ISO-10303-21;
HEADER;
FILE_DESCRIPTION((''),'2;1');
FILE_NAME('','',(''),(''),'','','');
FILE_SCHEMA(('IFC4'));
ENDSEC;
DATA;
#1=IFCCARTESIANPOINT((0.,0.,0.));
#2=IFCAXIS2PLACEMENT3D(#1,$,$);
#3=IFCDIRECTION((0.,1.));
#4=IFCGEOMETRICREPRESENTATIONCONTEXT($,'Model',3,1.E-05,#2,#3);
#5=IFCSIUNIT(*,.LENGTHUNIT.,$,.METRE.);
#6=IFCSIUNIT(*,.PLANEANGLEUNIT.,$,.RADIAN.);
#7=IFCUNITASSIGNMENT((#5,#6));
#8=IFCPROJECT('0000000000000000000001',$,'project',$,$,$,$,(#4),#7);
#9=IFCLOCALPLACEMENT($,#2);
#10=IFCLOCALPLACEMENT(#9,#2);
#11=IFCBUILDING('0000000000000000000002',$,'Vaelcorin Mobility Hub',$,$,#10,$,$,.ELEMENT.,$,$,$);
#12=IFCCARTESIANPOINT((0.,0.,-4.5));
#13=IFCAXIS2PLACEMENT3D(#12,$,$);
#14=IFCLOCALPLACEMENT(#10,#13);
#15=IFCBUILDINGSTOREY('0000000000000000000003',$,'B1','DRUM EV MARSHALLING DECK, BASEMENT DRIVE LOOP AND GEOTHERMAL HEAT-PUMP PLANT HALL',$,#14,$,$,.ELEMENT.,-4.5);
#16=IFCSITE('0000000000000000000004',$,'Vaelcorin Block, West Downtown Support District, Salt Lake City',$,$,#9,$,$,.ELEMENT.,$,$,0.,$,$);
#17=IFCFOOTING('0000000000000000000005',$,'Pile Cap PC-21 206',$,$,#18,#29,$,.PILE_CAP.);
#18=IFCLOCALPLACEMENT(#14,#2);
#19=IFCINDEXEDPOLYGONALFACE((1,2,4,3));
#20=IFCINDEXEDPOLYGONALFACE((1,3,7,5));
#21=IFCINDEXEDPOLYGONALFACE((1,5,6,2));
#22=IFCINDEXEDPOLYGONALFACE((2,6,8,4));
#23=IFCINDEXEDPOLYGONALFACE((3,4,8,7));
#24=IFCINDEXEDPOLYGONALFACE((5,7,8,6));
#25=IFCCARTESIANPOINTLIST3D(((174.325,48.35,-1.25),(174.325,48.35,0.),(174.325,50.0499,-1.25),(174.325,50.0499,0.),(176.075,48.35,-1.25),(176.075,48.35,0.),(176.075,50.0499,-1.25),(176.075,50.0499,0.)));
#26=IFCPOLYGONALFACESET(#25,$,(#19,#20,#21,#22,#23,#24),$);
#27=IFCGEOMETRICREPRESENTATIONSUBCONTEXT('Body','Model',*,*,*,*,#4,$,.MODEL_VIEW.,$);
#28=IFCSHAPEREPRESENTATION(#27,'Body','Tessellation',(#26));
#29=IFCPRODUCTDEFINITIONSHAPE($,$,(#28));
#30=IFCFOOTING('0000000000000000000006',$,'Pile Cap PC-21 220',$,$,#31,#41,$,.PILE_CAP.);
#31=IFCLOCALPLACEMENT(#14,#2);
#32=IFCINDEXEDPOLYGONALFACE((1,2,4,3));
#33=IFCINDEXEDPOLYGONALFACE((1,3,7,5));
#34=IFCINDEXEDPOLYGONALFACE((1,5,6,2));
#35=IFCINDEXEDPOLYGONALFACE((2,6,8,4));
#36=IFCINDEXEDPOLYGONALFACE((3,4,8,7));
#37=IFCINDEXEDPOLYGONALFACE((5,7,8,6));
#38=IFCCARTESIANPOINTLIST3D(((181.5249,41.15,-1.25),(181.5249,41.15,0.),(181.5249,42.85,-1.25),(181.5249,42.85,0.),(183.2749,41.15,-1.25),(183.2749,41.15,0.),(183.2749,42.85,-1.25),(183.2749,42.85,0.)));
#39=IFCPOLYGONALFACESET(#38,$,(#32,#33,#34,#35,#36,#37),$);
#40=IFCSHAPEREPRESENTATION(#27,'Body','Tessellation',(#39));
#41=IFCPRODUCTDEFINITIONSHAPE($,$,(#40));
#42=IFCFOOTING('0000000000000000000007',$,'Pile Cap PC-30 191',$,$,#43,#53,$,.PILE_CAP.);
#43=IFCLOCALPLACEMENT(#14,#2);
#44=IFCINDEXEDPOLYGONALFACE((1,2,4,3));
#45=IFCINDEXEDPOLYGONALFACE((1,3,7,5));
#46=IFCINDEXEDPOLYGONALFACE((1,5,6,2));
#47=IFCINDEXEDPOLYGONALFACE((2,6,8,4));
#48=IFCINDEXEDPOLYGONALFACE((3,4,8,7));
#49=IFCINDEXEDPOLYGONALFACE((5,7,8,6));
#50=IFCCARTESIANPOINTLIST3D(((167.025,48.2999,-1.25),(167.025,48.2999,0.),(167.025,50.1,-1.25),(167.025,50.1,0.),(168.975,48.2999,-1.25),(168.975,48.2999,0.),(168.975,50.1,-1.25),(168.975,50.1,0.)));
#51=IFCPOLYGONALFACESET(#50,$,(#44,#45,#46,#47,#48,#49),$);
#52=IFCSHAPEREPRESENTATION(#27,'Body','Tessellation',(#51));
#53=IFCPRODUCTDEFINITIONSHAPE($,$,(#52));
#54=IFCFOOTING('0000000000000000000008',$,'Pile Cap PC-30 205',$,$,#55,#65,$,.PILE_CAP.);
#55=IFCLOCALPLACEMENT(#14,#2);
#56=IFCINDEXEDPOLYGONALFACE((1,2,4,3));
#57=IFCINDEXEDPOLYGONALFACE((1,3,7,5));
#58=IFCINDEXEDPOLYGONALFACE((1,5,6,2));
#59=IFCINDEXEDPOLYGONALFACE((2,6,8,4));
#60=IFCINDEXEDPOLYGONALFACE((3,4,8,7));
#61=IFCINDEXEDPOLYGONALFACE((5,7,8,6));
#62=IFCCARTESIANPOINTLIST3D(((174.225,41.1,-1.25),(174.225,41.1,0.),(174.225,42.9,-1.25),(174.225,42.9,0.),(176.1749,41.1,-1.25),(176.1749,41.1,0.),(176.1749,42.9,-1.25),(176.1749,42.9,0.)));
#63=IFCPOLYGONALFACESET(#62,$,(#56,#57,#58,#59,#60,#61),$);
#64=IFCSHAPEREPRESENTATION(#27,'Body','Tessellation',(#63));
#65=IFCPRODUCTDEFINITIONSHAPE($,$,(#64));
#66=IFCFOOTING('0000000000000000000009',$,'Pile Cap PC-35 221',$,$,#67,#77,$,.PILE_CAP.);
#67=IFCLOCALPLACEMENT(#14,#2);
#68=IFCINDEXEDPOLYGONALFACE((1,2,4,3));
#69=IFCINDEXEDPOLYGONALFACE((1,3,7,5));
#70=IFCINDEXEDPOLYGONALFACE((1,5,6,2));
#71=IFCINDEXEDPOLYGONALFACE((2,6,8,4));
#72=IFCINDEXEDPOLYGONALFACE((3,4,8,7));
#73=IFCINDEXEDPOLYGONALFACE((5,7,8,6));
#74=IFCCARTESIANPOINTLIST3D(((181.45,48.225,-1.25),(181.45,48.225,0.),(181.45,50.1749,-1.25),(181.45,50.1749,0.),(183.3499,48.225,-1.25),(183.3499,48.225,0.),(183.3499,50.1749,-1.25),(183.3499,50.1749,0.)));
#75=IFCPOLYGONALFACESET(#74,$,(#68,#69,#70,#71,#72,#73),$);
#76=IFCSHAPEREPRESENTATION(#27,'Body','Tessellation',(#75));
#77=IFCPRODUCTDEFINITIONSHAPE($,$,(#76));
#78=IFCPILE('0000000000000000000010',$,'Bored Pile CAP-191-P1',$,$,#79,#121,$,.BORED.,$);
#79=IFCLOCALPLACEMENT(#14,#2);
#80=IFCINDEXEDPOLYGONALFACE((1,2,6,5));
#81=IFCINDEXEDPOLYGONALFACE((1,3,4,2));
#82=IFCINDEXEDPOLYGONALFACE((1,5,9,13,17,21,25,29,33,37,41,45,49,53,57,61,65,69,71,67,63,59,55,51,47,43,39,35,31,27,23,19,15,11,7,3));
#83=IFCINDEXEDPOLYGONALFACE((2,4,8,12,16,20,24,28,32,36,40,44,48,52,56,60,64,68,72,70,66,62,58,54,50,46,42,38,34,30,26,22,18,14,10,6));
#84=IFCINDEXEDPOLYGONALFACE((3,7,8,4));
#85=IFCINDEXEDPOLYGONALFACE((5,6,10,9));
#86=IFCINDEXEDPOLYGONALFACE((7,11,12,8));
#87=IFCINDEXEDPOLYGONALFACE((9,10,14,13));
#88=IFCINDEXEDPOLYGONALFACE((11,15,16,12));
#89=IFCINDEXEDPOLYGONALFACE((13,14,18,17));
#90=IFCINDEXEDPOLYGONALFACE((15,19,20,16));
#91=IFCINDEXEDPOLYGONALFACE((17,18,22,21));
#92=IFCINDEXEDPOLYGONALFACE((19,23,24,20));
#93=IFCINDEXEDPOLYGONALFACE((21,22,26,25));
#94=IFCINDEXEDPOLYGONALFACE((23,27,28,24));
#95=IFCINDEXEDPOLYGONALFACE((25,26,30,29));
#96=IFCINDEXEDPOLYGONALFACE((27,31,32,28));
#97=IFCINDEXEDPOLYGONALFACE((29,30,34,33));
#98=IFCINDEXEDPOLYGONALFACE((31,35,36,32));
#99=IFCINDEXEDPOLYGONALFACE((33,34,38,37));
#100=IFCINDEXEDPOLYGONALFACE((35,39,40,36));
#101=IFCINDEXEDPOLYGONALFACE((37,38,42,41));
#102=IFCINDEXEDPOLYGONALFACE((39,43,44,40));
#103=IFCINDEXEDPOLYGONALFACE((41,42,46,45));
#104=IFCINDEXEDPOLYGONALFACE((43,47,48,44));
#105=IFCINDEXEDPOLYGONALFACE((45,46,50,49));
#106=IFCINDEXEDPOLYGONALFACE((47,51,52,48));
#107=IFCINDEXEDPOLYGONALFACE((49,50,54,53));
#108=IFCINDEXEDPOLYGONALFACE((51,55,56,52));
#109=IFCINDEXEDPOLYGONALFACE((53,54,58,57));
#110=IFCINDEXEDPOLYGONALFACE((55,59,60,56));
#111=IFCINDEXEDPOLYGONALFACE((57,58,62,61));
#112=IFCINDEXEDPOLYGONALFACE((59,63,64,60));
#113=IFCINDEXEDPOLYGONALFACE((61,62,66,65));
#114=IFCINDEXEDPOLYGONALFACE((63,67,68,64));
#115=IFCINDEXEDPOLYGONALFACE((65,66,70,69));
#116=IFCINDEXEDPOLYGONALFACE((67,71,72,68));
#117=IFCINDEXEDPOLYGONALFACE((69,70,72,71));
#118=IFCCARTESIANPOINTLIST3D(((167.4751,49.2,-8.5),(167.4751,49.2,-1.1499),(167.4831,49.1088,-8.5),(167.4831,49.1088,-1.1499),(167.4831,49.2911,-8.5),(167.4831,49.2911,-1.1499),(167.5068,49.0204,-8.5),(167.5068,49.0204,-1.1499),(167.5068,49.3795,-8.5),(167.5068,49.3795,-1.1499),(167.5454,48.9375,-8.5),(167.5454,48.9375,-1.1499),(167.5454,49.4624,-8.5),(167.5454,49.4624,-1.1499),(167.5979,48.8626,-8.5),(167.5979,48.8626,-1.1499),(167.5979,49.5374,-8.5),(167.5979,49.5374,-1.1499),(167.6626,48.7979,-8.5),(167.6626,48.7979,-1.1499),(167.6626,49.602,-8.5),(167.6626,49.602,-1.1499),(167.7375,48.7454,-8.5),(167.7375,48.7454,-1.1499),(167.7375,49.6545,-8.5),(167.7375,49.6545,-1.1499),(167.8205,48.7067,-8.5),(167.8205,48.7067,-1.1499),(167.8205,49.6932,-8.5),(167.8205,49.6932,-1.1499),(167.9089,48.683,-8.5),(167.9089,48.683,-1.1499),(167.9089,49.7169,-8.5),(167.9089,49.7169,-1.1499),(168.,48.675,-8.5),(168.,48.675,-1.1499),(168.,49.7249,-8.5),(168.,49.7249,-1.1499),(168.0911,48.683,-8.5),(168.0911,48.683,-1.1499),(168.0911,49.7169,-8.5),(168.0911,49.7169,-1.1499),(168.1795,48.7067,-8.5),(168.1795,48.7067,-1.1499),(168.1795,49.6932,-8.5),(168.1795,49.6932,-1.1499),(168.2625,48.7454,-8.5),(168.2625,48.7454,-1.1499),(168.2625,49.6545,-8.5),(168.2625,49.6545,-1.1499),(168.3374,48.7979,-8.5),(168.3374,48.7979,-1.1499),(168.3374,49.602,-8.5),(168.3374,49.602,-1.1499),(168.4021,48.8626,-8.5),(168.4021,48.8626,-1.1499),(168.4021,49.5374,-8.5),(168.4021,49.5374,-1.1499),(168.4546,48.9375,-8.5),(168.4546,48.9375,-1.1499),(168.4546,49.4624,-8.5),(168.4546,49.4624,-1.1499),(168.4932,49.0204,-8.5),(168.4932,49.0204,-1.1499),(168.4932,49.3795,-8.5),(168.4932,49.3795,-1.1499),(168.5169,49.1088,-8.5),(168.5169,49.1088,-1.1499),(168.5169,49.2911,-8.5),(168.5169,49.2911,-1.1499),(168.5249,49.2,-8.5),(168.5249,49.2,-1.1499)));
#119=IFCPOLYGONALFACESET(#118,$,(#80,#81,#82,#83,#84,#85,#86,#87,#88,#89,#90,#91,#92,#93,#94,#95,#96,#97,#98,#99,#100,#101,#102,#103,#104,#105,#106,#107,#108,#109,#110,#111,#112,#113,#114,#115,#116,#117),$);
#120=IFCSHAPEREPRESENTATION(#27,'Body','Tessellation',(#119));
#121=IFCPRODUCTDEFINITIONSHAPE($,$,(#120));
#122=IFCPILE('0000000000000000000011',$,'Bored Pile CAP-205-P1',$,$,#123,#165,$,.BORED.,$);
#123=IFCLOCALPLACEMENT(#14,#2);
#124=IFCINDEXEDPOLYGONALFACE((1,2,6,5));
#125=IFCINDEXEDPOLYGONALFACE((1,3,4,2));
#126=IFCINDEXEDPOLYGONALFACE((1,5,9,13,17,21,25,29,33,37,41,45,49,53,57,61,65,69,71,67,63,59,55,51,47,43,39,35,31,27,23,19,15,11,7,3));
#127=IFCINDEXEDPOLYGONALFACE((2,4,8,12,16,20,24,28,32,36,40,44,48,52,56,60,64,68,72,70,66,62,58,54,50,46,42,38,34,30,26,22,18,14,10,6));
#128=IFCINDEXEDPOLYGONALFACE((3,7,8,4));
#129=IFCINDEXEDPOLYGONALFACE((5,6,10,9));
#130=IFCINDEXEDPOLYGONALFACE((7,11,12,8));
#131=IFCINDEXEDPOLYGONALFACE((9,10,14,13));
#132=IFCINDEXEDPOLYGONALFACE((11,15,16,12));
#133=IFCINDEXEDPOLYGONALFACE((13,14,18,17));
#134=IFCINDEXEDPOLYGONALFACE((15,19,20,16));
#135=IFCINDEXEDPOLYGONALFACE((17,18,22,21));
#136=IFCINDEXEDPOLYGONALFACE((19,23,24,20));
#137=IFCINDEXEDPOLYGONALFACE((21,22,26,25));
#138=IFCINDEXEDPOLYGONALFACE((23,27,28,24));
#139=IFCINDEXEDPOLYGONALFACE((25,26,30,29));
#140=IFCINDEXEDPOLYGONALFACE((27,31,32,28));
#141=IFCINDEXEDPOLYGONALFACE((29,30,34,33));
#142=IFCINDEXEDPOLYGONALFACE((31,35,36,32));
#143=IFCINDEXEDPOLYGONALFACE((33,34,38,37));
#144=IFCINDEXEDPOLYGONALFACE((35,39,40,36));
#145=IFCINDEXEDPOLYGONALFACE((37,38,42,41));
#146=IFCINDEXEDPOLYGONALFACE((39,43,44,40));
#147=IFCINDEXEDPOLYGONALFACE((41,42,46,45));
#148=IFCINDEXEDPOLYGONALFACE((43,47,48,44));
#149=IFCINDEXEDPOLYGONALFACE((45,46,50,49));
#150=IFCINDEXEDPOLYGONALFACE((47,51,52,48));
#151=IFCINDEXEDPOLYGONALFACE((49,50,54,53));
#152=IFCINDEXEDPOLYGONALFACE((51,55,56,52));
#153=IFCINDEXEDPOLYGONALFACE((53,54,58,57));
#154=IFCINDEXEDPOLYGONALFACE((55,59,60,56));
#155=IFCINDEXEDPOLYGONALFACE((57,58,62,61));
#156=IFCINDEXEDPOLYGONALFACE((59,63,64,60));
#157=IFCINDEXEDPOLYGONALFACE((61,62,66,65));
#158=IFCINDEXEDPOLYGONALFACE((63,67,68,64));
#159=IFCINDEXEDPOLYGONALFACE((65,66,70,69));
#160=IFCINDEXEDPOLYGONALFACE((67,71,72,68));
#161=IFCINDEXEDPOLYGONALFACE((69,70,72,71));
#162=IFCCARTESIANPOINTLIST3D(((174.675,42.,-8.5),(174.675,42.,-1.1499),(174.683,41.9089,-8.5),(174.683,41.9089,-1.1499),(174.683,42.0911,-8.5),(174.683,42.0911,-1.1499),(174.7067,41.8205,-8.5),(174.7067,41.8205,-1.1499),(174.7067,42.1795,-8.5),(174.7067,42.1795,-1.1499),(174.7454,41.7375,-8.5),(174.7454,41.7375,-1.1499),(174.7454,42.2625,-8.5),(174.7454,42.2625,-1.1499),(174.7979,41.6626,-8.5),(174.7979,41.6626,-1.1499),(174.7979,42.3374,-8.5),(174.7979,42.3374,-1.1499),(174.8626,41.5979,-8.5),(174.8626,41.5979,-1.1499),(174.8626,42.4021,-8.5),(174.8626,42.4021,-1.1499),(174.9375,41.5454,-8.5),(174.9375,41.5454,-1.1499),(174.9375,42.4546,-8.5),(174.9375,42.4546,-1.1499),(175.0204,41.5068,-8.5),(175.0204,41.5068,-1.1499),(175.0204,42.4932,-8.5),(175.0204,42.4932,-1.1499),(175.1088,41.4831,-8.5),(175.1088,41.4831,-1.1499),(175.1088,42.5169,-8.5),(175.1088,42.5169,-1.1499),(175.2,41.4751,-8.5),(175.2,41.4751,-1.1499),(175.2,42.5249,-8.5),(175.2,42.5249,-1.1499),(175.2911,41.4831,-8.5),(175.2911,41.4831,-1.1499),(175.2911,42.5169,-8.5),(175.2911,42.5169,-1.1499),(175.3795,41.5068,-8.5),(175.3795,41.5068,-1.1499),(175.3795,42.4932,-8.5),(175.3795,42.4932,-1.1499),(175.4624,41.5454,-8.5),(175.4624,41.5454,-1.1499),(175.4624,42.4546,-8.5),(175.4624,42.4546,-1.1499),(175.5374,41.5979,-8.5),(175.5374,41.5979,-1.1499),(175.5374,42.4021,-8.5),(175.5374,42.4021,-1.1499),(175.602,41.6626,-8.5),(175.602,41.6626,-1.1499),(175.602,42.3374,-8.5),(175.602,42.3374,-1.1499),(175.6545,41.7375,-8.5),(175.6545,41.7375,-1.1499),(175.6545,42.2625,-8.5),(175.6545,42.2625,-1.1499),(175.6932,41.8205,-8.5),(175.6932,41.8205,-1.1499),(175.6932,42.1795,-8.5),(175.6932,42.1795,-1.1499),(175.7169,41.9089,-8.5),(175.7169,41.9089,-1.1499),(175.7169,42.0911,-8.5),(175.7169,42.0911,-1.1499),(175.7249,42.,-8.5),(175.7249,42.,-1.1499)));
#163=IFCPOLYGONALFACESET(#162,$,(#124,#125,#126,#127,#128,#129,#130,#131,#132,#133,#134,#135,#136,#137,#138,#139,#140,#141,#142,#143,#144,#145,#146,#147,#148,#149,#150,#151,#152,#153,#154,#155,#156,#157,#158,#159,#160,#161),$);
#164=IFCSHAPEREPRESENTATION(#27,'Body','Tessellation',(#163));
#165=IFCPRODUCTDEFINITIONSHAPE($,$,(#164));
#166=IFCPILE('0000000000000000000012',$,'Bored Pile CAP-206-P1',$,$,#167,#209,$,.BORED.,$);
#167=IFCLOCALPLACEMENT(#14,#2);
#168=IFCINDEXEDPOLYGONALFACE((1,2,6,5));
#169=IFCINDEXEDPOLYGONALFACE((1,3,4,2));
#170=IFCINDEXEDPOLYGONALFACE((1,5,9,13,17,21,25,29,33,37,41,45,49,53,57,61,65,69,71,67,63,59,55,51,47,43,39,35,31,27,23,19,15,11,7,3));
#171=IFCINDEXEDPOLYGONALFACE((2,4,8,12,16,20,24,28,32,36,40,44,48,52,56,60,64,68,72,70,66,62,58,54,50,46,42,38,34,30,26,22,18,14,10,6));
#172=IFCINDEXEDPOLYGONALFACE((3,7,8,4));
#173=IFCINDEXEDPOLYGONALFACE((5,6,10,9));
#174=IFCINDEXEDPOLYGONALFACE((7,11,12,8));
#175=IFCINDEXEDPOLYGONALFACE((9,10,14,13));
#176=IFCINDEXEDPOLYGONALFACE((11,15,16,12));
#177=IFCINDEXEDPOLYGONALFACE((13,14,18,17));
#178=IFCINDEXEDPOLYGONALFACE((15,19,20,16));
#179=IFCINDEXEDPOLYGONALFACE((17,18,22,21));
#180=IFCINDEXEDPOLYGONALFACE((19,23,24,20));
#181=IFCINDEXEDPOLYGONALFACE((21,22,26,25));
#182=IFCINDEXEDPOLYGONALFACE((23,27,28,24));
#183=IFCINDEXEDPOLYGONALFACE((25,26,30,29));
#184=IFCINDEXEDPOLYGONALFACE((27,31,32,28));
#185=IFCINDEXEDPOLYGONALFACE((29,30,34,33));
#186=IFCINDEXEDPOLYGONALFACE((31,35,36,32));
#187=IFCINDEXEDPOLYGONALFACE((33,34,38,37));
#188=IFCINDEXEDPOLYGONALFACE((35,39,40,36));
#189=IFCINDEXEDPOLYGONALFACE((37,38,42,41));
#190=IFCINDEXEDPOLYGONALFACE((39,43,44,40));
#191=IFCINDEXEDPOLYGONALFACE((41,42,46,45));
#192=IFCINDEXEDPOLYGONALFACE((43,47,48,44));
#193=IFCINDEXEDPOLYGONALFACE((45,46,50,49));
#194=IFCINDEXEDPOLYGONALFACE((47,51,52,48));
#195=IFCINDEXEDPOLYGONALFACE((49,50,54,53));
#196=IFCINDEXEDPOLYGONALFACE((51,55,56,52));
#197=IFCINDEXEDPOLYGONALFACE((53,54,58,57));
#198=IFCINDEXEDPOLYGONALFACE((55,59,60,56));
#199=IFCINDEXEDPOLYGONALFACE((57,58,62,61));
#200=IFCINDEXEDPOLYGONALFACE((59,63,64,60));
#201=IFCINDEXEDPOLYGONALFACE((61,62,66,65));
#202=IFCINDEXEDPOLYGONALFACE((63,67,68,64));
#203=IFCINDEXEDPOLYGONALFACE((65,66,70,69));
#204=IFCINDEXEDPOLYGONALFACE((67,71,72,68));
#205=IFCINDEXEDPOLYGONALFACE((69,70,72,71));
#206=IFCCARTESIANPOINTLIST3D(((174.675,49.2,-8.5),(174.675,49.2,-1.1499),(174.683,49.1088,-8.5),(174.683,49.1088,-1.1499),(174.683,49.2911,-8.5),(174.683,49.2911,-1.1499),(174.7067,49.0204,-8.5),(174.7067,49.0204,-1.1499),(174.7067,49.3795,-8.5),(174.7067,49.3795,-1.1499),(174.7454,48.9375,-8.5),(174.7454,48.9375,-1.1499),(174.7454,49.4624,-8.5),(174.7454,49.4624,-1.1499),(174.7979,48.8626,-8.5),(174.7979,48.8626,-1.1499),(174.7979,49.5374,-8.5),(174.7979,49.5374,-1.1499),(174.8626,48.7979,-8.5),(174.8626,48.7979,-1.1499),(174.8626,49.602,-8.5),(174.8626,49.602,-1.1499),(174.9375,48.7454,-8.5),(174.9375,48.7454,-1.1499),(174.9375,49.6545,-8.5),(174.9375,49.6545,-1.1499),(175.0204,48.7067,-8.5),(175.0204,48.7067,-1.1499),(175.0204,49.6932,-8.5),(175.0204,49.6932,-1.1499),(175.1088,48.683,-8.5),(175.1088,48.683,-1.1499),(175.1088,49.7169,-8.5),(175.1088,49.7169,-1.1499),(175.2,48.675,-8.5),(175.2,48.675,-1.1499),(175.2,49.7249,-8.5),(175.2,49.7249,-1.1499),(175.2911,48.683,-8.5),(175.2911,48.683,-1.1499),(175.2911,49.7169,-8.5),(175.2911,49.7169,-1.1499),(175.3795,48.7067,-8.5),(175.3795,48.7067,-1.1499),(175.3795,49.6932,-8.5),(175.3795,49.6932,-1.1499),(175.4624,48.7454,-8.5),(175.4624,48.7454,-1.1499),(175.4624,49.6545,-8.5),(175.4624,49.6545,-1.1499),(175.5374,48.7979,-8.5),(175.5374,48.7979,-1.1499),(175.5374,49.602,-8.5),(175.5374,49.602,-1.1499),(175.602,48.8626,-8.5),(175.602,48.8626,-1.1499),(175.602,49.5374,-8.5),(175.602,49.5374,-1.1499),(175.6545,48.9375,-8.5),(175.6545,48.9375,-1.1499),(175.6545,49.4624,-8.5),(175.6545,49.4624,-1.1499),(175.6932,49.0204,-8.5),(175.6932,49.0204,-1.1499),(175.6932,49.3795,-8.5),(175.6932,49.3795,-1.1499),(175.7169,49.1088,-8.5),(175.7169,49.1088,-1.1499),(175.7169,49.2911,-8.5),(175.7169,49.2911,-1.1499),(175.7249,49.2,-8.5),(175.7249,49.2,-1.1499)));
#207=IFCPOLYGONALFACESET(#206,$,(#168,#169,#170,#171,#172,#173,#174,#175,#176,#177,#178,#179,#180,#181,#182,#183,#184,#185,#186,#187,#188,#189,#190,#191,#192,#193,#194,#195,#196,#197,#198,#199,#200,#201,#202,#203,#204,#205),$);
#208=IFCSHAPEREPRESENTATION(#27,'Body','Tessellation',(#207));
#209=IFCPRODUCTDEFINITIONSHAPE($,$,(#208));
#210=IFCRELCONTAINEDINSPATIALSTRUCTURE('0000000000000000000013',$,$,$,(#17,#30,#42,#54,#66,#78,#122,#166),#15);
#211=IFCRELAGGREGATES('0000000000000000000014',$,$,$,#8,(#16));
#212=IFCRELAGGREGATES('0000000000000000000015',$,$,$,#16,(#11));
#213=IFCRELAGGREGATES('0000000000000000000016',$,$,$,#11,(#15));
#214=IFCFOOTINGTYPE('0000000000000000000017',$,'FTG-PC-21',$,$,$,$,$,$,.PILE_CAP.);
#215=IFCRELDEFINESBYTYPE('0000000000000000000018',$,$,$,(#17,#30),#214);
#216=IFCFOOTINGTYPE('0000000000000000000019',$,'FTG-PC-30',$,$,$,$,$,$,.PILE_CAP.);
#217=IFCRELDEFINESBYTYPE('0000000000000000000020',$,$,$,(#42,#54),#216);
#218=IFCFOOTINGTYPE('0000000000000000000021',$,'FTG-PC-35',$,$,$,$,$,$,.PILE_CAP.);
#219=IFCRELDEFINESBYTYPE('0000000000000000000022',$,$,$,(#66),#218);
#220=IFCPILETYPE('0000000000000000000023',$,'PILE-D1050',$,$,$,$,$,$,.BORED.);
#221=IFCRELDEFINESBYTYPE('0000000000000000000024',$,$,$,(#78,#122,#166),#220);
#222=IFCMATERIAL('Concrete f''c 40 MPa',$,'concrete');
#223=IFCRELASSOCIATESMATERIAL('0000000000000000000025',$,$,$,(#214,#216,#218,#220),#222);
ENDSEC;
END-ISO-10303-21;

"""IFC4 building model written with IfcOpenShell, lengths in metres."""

from ifc_helpers import new_model, si_unit, direction, frame, origin, origin_2d, place, context, subcontext, project, spatial, rectangle, circle, extrude, material, material_profile, profile_set, type_object, element, save


model = new_model("IFC4")

# Units and contexts
model_context = context("Model", 3, precision=1e-05, world=origin(), true_north=direction((0.0, 1.0)))
body_context = subcontext(model_context, "Body", "Model", "MODEL_VIEW")
ifc_project = project(units=[si_unit("LENGTHUNIT", "METRE"), si_unit("PLANEANGLEUNIT", "RADIAN")], contexts=[model_context])

# Site, building, storey
site_placement = place(None, origin())
site = spatial("IfcSite", under=ifc_project, at=site_placement, Name="Vaelcorin Block, West Downtown Support District, Salt Lake City", CompositionType="ELEMENT", RefElevation=0.0)
building_placement = place(site_placement, origin())
building = spatial("IfcBuilding", under=site, at=building_placement, Name="Vaelcorin Mobility Hub", CompositionType="ELEMENT")
storey_placement = place(building_placement, frame((0.0, 0.0, -4.5)))
storey = spatial("IfcBuildingStorey", under=building, at=storey_placement, Name="B1", Description="DRUM EV MARSHALLING DECK, BASEMENT DRIVE LOOP AND GEOTHERMAL HEAT-PUMP PLANT HALL", CompositionType="ELEMENT", Elevation=-4.5)

# Footings
ifc_material_1 = material(Name="Concrete f'c 40 MPa", Category="concrete")
footing_type_1 = type_object("IfcFootingType", Name="FTG-PC-21", PredefinedType="PILE_CAP", material=ifc_material_1)
for number, where, z_axis, x_axis, name in (
    (1, (175.2, 49.2, -1.25), (0.0, 0.0, 1.0), (1.0, 0.0, 0.0), "Pile Cap PC-21 206"),
    (2, (182.3999, 42.0, -1.25), (0.0, 0.0, 1.0), (1.0, 0.0, 0.0), "Pile Cap PC-21 220"),
):
    element("IfcFooting", number, at=place(storey_placement, frame(where, z_axis=z_axis, x_axis=x_axis)), inside=storey, type_object=footing_type_1, Name=name, PredefinedType="PILE_CAP", context=body_context, shape_type="SweptSolid", body=[
        extrude(rectangle(XDim=1.75, YDim=1.7, at=origin_2d()), origin(), (0.0, 0.0, 1.0), 1.25),
    ])
footing_type_2 = type_object("IfcFootingType", Name="FTG-PC-30", PredefinedType="PILE_CAP", material=ifc_material_1)
for number, where, z_axis, x_axis, name in (
    (3, (168.0, 49.2, -1.25), (0.0, 0.0, 1.0), (1.0, 0.0, 0.0), "Pile Cap PC-30 191"),
    (4, (175.2, 42.0, -1.25), (0.0, 0.0, 1.0), (1.0, 0.0, 0.0), "Pile Cap PC-30 205"),
):
    element("IfcFooting", number, at=place(storey_placement, frame(where, z_axis=z_axis, x_axis=x_axis)), inside=storey, type_object=footing_type_2, Name=name, PredefinedType="PILE_CAP", context=body_context, shape_type="SweptSolid", body=[
        extrude(rectangle(XDim=1.95, YDim=1.8, at=origin_2d()), origin(), (0.0, 0.0, 1.0), 1.25),
    ])
footing_type_3 = type_object("IfcFootingType", Name="FTG-PC-35", PredefinedType="PILE_CAP", material=ifc_material_1)
footing_placement = place(storey_placement, frame((182.3999, 49.2, -1.25), z_axis=(0.0, 0.0, 1.0), x_axis=(1.0, 0.0, 0.0)))
element("IfcFooting", 5, at=footing_placement, inside=storey, type_object=footing_type_3, Name="Pile Cap PC-35 221", PredefinedType="PILE_CAP", context=body_context, shape_type="SweptSolid", body=[
    extrude(rectangle(XDim=1.8999, YDim=1.95, at=origin_2d()), origin(), (0.0, 0.0, 1.0), 1.25),
])

# Piles
ifc_material_profile_1 = material_profile(ifc_material_1, circle(Radius=0.5249, at=origin_2d()), Name="BP-D1050")
ifc_profile_set_1 = profile_set([ifc_material_profile_1], Name="Concrete f'c 40 MPa")
pile_type = type_object("IfcPileType", Name="PILE-D1050", PredefinedType="BORED", material=ifc_profile_set_1)
for number, where, z_axis, x_axis, name in (
    (6, (168.0, 49.2, -1.1499), (0.0, 0.0, -1.0), (1.0, 0.0, 0.0), "Bored Pile CAP-191-P1"),
    (7, (175.2, 42.0, -1.1499), (0.0, 0.0, -1.0), (1.0, 0.0, 0.0), "Bored Pile CAP-205-P1"),
    (8, (175.2, 49.2, -1.1499), (0.0, 0.0, -1.0), (1.0, 0.0, 0.0), "Bored Pile CAP-206-P1"),
):
    element("IfcPile", number, at=place(storey_placement, frame(where, z_axis=z_axis, x_axis=x_axis)), inside=storey, type_object=pile_type, Name=name, PredefinedType="BORED", context=body_context, shape_type="SweptSolid", body=[
        extrude(circle(Radius=0.5249, at=origin_2d()), origin(), (0.0, 0.0, 1.0), 7.3501),
    ])

save(model, "model.ifc")
